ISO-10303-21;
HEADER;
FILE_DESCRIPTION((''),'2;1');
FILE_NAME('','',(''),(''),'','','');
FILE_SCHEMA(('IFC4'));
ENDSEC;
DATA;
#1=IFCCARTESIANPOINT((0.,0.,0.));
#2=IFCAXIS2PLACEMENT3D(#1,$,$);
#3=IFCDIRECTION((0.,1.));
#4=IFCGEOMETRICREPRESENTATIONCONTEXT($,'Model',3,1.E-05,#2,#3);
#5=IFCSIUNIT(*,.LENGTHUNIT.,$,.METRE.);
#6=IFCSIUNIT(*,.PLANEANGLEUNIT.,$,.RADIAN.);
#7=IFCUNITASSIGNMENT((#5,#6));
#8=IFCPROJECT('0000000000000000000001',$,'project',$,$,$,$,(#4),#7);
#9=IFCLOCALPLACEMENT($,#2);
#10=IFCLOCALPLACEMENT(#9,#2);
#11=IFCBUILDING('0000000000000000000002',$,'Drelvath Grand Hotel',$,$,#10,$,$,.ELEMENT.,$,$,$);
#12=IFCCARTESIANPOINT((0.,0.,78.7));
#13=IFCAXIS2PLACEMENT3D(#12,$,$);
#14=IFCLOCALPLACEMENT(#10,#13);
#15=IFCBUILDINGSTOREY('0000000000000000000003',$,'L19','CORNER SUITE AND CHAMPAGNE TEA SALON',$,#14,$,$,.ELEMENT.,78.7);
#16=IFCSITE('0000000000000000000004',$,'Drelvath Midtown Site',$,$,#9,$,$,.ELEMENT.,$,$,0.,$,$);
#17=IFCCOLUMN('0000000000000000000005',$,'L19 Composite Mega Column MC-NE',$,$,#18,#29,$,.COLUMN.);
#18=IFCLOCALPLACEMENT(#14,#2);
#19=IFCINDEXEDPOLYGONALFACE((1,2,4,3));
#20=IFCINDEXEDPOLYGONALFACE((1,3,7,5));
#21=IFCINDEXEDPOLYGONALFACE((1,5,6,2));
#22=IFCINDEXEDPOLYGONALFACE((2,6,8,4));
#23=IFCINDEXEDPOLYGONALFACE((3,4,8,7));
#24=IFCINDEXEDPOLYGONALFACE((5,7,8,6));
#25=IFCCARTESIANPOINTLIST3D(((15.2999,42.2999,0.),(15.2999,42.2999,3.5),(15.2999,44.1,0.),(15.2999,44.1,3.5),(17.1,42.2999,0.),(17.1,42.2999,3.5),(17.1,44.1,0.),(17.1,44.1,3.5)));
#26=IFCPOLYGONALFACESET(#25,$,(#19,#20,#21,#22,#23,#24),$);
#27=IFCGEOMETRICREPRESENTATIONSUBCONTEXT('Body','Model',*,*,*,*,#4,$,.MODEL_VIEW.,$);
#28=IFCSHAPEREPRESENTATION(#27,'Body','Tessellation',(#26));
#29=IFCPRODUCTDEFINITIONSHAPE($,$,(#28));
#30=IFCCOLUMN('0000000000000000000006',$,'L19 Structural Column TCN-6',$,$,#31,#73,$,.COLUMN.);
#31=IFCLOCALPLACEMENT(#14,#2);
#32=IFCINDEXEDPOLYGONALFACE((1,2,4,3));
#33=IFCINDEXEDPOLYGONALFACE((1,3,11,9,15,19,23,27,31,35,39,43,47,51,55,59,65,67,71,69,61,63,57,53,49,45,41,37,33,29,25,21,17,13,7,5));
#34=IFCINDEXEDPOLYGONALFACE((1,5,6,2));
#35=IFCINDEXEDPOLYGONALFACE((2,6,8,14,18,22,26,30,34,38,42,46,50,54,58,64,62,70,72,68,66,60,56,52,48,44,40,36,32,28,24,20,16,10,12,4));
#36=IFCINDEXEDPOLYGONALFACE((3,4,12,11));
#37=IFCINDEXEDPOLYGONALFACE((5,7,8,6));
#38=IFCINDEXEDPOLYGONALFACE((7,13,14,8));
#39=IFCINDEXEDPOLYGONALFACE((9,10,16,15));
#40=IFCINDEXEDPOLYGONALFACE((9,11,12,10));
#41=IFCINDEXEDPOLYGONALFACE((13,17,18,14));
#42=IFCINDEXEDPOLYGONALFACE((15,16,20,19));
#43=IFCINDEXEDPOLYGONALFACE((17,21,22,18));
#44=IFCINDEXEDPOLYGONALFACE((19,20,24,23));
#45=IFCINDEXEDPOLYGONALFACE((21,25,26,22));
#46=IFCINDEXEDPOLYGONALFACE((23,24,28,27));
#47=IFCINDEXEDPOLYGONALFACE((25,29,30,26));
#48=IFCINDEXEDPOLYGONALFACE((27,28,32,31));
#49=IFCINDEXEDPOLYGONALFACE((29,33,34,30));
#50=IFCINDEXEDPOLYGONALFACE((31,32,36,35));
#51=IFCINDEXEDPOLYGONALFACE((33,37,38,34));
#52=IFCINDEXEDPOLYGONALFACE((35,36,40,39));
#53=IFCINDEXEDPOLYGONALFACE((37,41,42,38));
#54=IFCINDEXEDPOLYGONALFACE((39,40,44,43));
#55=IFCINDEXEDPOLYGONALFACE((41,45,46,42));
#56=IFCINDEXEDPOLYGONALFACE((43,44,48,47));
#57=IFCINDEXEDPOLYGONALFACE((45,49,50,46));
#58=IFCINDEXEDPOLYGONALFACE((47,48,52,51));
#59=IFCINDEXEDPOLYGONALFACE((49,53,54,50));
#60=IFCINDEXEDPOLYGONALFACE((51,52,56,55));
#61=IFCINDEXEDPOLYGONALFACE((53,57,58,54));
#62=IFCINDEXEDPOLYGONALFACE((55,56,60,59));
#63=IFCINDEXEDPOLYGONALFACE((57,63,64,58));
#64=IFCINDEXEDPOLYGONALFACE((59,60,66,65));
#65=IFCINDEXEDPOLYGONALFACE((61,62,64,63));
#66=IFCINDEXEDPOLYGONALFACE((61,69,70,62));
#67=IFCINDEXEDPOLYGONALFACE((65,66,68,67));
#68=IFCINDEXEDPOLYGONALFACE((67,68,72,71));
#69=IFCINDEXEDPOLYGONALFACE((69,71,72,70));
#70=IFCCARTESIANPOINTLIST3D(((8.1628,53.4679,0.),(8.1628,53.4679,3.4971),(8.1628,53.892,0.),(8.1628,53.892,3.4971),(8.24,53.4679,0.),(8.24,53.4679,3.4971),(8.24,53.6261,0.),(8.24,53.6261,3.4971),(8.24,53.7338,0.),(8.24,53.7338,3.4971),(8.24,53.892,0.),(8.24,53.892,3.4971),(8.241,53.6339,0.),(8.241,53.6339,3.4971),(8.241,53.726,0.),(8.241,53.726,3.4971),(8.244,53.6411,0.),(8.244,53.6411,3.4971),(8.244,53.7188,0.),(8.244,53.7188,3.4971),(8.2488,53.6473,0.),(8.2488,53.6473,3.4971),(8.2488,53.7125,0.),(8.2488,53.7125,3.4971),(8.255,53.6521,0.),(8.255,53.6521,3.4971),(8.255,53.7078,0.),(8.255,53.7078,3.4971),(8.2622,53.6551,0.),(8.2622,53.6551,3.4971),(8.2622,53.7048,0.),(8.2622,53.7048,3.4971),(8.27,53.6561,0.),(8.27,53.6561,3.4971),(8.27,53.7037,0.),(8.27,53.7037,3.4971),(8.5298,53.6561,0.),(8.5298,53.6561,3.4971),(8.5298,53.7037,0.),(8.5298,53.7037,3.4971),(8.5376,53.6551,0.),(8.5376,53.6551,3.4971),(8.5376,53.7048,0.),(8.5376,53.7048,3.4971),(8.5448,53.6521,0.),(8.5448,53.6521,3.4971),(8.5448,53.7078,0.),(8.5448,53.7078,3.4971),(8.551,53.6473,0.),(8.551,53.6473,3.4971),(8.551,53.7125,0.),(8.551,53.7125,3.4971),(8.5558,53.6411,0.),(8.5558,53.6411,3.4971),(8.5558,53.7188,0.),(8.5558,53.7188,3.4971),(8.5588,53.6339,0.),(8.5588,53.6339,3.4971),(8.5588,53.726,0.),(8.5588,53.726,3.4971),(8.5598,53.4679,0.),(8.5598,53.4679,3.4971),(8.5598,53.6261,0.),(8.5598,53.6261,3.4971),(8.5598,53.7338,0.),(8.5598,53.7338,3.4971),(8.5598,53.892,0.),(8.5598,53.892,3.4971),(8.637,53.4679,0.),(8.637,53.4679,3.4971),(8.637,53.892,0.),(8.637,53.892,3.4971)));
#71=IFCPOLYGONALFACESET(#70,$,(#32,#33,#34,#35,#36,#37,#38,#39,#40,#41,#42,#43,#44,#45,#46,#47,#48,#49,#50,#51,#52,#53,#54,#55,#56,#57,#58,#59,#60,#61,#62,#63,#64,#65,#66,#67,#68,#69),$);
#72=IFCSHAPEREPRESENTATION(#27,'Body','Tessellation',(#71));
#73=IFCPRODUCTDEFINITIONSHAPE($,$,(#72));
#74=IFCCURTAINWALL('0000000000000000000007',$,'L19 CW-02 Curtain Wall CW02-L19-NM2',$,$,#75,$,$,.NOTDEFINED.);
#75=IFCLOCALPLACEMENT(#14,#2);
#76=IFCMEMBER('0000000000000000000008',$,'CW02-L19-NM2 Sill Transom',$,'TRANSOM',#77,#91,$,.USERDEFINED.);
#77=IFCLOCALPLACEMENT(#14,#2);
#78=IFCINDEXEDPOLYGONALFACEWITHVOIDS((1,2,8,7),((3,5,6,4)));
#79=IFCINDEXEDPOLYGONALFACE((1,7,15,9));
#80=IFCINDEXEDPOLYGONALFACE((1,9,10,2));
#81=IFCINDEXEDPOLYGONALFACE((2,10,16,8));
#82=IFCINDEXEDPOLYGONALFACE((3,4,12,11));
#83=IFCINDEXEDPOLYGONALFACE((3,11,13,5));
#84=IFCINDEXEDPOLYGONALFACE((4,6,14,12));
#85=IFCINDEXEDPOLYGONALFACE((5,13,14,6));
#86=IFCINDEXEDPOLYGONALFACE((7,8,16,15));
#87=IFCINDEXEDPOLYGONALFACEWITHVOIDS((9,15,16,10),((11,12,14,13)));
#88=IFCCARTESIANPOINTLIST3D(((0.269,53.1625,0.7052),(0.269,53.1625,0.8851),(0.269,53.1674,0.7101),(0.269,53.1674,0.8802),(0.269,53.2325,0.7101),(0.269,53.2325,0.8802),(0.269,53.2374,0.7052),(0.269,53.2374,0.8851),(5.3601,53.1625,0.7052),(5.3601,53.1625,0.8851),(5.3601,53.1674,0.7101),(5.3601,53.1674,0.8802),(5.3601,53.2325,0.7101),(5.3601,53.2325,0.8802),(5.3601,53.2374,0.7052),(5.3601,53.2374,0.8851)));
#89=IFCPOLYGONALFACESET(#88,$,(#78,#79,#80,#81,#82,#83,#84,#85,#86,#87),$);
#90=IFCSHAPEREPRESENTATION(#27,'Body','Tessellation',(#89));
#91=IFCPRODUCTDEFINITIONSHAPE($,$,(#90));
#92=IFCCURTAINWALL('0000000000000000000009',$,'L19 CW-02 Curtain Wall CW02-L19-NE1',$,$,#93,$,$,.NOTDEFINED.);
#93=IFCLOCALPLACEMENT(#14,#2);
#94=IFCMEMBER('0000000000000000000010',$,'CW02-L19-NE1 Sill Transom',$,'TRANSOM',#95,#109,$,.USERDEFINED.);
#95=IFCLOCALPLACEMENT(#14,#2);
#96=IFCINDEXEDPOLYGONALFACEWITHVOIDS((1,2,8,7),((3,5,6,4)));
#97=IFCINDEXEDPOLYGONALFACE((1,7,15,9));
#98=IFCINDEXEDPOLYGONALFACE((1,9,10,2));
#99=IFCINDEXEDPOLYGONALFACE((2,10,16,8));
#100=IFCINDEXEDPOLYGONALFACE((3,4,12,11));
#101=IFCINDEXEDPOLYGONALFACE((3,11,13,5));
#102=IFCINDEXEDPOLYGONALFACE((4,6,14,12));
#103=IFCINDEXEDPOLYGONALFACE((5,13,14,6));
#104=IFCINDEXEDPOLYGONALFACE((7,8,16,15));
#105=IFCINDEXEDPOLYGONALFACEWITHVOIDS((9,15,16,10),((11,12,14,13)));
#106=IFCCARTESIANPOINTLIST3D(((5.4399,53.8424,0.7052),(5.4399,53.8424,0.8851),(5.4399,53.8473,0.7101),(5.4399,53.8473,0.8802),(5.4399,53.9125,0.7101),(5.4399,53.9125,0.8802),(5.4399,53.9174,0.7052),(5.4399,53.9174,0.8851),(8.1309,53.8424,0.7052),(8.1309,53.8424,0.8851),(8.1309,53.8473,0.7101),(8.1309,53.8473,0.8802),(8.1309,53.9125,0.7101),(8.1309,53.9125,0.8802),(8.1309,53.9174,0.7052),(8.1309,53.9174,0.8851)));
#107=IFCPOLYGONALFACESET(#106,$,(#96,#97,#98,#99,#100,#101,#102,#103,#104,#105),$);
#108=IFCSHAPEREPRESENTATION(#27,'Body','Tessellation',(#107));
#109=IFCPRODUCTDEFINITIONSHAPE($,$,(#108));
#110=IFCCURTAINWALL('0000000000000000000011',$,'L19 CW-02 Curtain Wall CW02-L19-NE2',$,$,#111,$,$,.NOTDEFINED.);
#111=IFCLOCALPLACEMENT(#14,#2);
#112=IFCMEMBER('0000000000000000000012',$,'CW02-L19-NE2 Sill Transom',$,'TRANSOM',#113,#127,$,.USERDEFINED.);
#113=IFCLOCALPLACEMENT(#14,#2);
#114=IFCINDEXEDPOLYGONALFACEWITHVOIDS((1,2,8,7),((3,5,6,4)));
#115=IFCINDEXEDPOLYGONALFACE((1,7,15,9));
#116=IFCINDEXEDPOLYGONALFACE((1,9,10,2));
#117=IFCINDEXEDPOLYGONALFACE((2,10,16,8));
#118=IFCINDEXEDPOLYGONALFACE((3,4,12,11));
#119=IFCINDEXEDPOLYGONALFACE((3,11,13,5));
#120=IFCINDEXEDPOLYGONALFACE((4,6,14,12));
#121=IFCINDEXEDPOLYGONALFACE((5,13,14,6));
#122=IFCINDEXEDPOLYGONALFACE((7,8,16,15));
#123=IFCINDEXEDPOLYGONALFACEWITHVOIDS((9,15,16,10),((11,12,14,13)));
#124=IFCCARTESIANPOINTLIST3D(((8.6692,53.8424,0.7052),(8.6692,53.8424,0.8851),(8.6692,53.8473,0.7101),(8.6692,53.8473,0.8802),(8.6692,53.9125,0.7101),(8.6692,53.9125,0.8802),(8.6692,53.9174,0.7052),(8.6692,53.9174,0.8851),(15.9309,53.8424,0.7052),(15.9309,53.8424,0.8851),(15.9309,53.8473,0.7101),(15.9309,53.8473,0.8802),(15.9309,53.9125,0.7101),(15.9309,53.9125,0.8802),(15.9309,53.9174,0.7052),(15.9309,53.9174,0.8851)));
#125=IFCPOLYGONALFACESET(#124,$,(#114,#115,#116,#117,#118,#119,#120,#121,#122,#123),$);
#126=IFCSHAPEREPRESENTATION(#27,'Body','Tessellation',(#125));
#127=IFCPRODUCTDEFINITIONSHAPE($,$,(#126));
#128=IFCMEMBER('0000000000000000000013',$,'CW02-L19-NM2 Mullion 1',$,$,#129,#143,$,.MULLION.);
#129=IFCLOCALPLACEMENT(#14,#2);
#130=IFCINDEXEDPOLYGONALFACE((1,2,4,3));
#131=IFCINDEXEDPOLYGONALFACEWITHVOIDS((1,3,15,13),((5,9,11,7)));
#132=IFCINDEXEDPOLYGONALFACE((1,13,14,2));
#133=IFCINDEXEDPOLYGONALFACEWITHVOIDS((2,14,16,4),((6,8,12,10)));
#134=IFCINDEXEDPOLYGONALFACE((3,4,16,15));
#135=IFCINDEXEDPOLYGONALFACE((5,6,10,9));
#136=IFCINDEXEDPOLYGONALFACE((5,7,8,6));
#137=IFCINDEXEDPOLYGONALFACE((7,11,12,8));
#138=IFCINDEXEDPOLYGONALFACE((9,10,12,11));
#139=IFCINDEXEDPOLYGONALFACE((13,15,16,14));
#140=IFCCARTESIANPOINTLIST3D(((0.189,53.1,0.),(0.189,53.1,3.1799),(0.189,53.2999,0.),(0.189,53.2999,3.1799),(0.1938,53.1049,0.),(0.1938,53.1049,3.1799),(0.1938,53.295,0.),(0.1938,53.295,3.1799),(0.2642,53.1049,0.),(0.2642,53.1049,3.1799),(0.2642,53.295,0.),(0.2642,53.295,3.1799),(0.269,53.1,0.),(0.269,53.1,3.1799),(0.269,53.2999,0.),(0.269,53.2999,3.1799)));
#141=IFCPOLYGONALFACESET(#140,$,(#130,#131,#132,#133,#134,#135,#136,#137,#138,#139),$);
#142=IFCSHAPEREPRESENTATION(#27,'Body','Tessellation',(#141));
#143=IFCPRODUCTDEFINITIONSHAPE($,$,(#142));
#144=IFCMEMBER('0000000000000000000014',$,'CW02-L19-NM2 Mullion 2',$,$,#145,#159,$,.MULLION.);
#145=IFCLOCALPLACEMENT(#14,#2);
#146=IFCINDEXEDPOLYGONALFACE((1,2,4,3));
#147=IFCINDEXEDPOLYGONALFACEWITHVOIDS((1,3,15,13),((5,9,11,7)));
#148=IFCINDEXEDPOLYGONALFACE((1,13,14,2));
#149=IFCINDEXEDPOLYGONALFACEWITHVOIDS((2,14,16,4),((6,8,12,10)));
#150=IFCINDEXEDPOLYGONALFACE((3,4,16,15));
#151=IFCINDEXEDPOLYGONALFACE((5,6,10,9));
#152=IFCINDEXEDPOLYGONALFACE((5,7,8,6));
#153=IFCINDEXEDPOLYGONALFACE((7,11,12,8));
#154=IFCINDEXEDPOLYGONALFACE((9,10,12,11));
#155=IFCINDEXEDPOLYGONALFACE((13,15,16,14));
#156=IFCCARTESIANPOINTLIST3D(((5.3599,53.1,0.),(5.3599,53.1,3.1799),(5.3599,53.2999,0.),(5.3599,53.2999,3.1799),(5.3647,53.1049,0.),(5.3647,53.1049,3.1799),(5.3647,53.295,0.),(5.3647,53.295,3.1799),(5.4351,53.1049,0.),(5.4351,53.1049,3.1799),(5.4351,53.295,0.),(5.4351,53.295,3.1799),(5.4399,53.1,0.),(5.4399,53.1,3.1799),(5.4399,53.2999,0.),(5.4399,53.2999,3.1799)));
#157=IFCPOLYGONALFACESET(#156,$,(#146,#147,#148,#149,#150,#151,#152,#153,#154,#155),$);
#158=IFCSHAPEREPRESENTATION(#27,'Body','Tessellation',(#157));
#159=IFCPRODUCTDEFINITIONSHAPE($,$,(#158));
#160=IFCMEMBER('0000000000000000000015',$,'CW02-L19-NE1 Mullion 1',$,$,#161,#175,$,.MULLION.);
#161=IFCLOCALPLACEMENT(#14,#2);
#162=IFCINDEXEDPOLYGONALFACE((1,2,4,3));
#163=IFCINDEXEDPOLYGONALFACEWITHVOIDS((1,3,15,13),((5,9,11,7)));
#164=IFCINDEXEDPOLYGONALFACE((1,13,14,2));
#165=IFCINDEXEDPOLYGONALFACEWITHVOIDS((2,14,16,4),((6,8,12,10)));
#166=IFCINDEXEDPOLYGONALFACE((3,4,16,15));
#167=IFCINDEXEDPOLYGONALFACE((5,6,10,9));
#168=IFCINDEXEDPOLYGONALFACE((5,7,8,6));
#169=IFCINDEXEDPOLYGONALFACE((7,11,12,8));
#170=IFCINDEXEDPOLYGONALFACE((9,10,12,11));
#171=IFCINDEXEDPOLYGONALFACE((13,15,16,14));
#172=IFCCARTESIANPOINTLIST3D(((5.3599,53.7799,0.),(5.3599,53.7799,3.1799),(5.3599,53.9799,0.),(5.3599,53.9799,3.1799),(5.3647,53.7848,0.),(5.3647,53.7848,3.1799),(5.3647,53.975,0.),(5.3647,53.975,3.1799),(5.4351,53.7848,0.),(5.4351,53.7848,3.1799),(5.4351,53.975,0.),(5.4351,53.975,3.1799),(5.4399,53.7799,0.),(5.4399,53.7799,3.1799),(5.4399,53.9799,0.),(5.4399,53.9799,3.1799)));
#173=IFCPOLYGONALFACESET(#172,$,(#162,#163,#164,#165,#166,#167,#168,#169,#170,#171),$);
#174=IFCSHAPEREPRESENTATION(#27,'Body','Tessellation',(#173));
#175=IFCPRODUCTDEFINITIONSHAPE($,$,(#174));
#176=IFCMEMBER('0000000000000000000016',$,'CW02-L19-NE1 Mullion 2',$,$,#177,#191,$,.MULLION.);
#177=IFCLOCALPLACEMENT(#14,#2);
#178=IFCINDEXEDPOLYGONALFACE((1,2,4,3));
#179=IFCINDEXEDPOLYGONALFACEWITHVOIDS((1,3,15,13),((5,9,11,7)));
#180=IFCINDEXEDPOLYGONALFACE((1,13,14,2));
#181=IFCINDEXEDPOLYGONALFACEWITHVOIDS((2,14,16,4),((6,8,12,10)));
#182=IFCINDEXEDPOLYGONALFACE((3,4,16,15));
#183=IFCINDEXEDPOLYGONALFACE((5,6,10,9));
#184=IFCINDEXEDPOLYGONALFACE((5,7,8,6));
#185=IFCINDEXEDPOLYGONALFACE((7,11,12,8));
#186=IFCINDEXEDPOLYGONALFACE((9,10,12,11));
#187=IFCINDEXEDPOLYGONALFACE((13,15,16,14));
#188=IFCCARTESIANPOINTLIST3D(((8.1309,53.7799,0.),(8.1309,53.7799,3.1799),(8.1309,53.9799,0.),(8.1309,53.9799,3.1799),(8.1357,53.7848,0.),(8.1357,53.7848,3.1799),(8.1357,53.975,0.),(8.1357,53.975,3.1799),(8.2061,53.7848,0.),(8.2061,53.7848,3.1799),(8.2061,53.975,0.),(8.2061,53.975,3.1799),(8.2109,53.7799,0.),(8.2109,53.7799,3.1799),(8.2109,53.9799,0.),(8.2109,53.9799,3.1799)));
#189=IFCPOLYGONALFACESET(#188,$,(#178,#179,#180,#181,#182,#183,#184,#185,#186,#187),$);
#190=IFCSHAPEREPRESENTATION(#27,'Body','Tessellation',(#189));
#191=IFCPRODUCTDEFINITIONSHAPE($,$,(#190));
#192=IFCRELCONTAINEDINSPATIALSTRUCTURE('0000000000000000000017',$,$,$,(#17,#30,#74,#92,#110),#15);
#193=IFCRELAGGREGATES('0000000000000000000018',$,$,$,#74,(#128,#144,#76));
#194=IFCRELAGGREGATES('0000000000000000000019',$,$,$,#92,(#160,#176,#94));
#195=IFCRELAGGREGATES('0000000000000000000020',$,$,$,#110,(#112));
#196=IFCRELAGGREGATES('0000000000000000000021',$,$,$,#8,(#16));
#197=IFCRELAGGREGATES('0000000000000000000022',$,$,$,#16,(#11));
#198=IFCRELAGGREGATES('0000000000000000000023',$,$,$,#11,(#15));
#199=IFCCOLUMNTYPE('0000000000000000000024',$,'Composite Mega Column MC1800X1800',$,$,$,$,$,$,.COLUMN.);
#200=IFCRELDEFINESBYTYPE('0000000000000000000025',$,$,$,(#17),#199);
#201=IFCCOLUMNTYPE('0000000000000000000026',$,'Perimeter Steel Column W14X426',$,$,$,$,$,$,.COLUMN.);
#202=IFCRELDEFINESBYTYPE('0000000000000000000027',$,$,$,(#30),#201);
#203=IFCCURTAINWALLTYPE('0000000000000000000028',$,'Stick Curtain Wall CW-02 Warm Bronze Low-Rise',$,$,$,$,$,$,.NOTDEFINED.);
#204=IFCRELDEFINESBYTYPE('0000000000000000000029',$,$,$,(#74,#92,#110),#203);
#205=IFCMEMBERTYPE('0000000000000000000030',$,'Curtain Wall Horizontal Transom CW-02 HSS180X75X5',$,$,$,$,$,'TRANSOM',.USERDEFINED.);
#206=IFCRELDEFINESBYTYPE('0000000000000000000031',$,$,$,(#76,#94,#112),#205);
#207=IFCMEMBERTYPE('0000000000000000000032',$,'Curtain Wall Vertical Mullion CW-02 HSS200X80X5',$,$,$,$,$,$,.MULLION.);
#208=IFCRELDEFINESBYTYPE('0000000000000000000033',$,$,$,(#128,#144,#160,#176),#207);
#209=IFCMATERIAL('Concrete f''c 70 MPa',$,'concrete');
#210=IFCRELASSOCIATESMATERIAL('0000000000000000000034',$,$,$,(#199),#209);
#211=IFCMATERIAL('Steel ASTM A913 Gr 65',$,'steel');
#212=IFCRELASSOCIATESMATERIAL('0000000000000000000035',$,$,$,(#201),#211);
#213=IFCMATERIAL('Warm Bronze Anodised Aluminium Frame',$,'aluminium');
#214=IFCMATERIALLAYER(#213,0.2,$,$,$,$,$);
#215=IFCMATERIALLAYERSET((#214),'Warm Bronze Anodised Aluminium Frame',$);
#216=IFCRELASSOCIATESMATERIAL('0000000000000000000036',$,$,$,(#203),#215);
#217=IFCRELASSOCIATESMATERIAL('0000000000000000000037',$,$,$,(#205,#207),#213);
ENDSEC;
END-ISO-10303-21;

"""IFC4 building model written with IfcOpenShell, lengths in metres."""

from ifc_helpers import new_model, si_unit, direction, frame, origin, origin_2d, place, context, subcontext, project, spatial, rectangle, hollow_rectangle, i_section, extrude, material, layer, layer_set, material_profile, profile_set, type_object, element, aggregate, save


model = new_model("IFC4")

# Units and contexts
model_context = context("Model", 3, precision=1e-05, world=origin(), true_north=direction((0.0, 1.0)))
body_context = subcontext(model_context, "Body", "Model", "MODEL_VIEW")
ifc_project = project(units=[si_unit("LENGTHUNIT", "METRE"), si_unit("PLANEANGLEUNIT", "RADIAN")], contexts=[model_context])

# Site, building, storey
site_placement = place(None, origin())
site = spatial("IfcSite", under=ifc_project, at=site_placement, Name="Drelvath Midtown Site", CompositionType="ELEMENT", RefElevation=0.0)
building_placement = place(site_placement, origin())
building = spatial("IfcBuilding", under=site, at=building_placement, Name="Drelvath Grand Hotel", CompositionType="ELEMENT")
storey_placement = place(building_placement, frame((0.0, 0.0, 78.7)))
storey = spatial("IfcBuildingStorey", under=building, at=storey_placement, Name="L19", Description="CORNER SUITE AND CHAMPAGNE TEA SALON", CompositionType="ELEMENT", Elevation=78.7)

# Columns
ifc_material_1 = material(Name="Concrete f'c 70 MPa", Category="concrete")
ifc_material_profile_1 = material_profile(ifc_material_1, rectangle(XDim=1.8, YDim=1.8, at=origin_2d()), Name="MC1800X1800")
ifc_profile_set_1 = profile_set([ifc_material_profile_1], Name="Concrete f'c 70 MPa")
column_type_1 = type_object("IfcColumnType", Name="Composite Mega Column MC1800X1800", PredefinedType="COLUMN", material=ifc_profile_set_1)
column_1_placement = place(storey_placement, frame((16.2, 43.2, 0.0), z_axis=(0.0, 0.0, 1.0), x_axis=(1.0, 0.0, 0.0)))
element("IfcColumn", 1, at=column_1_placement, inside=storey, type_object=column_type_1, Name="L19 Composite Mega Column MC-NE", PredefinedType="COLUMN", context=body_context, shape_type="SweptSolid", body=[
    extrude(rectangle(XDim=1.8, YDim=1.8, at=origin_2d()), origin(), (0.0, 0.0, 1.0), 3.5),
])
ifc_material_2 = material(Name="Steel ASTM A913 Gr 65", Category="steel")
ifc_material_profile_2 = material_profile(ifc_material_2, i_section(OverallWidth=0.4241, OverallDepth=0.4741, WebThickness=0.0476, FlangeThickness=0.0771, FilletRadius=0.03, at=origin_2d()), Name="W14X426")
ifc_profile_set_2 = profile_set([ifc_material_profile_2], Name="Steel ASTM A913 Gr 65")
column_type_2 = type_object("IfcColumnType", Name="Perimeter Steel Column W14X426", PredefinedType="COLUMN", material=ifc_profile_set_2)
column_2_placement = place(storey_placement, frame((8.3999, 53.6799, 0.0), z_axis=(0.0, 0.0, 1.0), x_axis=(0.0, 1.0, 0.0)))
element("IfcColumn", 2, at=column_2_placement, inside=storey, type_object=column_type_2, Name="L19 Structural Column TCN-6", PredefinedType="COLUMN", context=body_context, shape_type="SweptSolid", body=[
    extrude(i_section(OverallWidth=0.4241, OverallDepth=0.4741, WebThickness=0.0476, FlangeThickness=0.0771, FilletRadius=0.03, at=origin_2d()), origin(), (0.0, 0.0, 1.0), 3.4971),
])

# Curtain walls, members
ifc_material_3 = material(Name="Warm Bronze Anodised Aluminium Frame", Category="aluminium")
ifc_layer_1 = layer(ifc_material_3, 0.2)
ifc_layer_set_1 = layer_set([ifc_layer_1], Name="Warm Bronze Anodised Aluminium Frame")
curtain_wall_type = type_object("IfcCurtainWallType", Name="Stick Curtain Wall CW-02 Warm Bronze Low-Rise", PredefinedType="NOTDEFINED", material=ifc_layer_set_1)
curtain_wall_1_placement = place(storey_placement, origin())
curtain_wall_1 = element("IfcCurtainWall", 3, at=curtain_wall_1_placement, inside=storey, type_object=curtain_wall_type, Name="L19 CW-02 Curtain Wall CW02-L19-NM2", PredefinedType="NOTDEFINED")
ifc_material_profile_3 = material_profile(ifc_material_3, hollow_rectangle(XDim=0.075, YDim=0.1799, WallThickness=0.0049, at=origin_2d()), Name="HSS180X75X5")
ifc_profile_set_3 = profile_set([ifc_material_profile_3], Name="Warm Bronze Anodised Aluminium Frame")
member_type_1 = type_object("IfcMemberType", Name="Curtain Wall Horizontal Transom CW-02 HSS180X75X5", ElementType="TRANSOM", PredefinedType="USERDEFINED", material=ifc_profile_set_3)
member_1_placement = place(storey_placement, frame((0.269, 53.2, 0.7952), z_axis=(1.0, 0.0, 0.0), x_axis=(0.0, 1.0, 0.0)))
member_1 = element("IfcMember", 4, at=member_1_placement, type_object=member_type_1, Name="CW02-L19-NM2 Sill Transom", ObjectType="TRANSOM", PredefinedType="USERDEFINED", context=body_context, shape_type="SweptSolid", body=[
    extrude(hollow_rectangle(XDim=0.075, YDim=0.1799, WallThickness=0.0049, at=origin_2d()), origin(), (0.0, 0.0, 1.0), 5.0911),
])
curtain_wall_2_placement = place(storey_placement, origin())
curtain_wall_2 = element("IfcCurtainWall", 5, at=curtain_wall_2_placement, inside=storey, type_object=curtain_wall_type, Name="L19 CW-02 Curtain Wall CW02-L19-NE1", PredefinedType="NOTDEFINED")
member_2_placement = place(storey_placement, frame((5.4399, 53.8799, 0.7952), z_axis=(1.0, 0.0, 0.0), x_axis=(0.0, 1.0, 0.0)))
member_2 = element("IfcMember", 6, at=member_2_placement, type_object=member_type_1, Name="CW02-L19-NE1 Sill Transom", ObjectType="TRANSOM", PredefinedType="USERDEFINED", context=body_context, shape_type="SweptSolid", body=[
    extrude(hollow_rectangle(XDim=0.075, YDim=0.1799, WallThickness=0.0049, at=origin_2d()), origin(), (0.0, 0.0, 1.0), 2.6909),
])
curtain_wall_3_placement = place(storey_placement, origin())
curtain_wall_3 = element("IfcCurtainWall", 7, at=curtain_wall_3_placement, inside=storey, type_object=curtain_wall_type, Name="L19 CW-02 Curtain Wall CW02-L19-NE2", PredefinedType="NOTDEFINED")
member_3_placement = place(storey_placement, frame((8.6692, 53.8799, 0.7952), z_axis=(1.0, 0.0, 0.0), x_axis=(0.0, 1.0, 0.0)))
member_3 = element("IfcMember", 8, at=member_3_placement, type_object=member_type_1, Name="CW02-L19-NE2 Sill Transom", ObjectType="TRANSOM", PredefinedType="USERDEFINED", context=body_context, shape_type="SweptSolid", body=[
    extrude(hollow_rectangle(XDim=0.075, YDim=0.1799, WallThickness=0.0049, at=origin_2d()), origin(), (0.0, 0.0, 1.0), 7.2617),
])

# Members
ifc_material_profile_4 = material_profile(ifc_material_3, hollow_rectangle(XDim=0.0801, YDim=0.2, WallThickness=0.0049, at=origin_2d()), Name="HSS200X80X5")
ifc_profile_set_4 = profile_set([ifc_material_profile_4], Name="Warm Bronze Anodised Aluminium Frame")
member_type_2 = type_object("IfcMemberType", Name="Curtain Wall Vertical Mullion CW-02 HSS200X80X5", PredefinedType="MULLION", material=ifc_profile_set_4)
member_4_placement = place(storey_placement, frame((0.229, 53.2, 0.0), z_axis=(0.0, 0.0, 1.0), x_axis=(1.0, 0.0, 0.0)))
member_4 = element("IfcMember", 9, at=member_4_placement, type_object=member_type_2, Name="CW02-L19-NM2 Mullion 1", PredefinedType="MULLION", context=body_context, shape_type="SweptSolid", body=[
    extrude(hollow_rectangle(XDim=0.0801, YDim=0.2, WallThickness=0.0049, at=origin_2d()), origin(), (0.0, 0.0, 1.0), 3.1799),
])
member_5_placement = place(storey_placement, frame((5.3999, 53.2, 0.0), z_axis=(0.0, 0.0, 1.0), x_axis=(1.0, 0.0, 0.0)))
member_5 = element("IfcMember", 10, at=member_5_placement, type_object=member_type_2, Name="CW02-L19-NM2 Mullion 2", PredefinedType="MULLION", context=body_context, shape_type="SweptSolid", body=[
    extrude(hollow_rectangle(XDim=0.0801, YDim=0.2, WallThickness=0.0049, at=origin_2d()), origin(), (0.0, 0.0, 1.0), 3.1799),
])
member_6_placement = place(storey_placement, frame((5.3999, 53.8799, 0.0), z_axis=(0.0, 0.0, 1.0), x_axis=(1.0, 0.0, 0.0)))
member_6 = element("IfcMember", 11, at=member_6_placement, type_object=member_type_2, Name="CW02-L19-NE1 Mullion 1", PredefinedType="MULLION", context=body_context, shape_type="SweptSolid", body=[
    extrude(hollow_rectangle(XDim=0.0801, YDim=0.2, WallThickness=0.0049, at=origin_2d()), origin(), (0.0, 0.0, 1.0), 3.1799),
])
member_7_placement = place(storey_placement, frame((8.1709, 53.8799, 0.0), z_axis=(0.0, 0.0, 1.0), x_axis=(1.0, 0.0, 0.0)))
member_7 = element("IfcMember", 12, at=member_7_placement, type_object=member_type_2, Name="CW02-L19-NE1 Mullion 2", PredefinedType="MULLION", context=body_context, shape_type="SweptSolid", body=[
    extrude(hollow_rectangle(XDim=0.0801, YDim=0.2, WallThickness=0.0049, at=origin_2d()), origin(), (0.0, 0.0, 1.0), 3.1799),
])

aggregate(curtain_wall_1, [member_4, member_5, member_1])
aggregate(curtain_wall_2, [member_6, member_7, member_2])
aggregate(curtain_wall_3, [member_3])

save(model, "model.ifc")
